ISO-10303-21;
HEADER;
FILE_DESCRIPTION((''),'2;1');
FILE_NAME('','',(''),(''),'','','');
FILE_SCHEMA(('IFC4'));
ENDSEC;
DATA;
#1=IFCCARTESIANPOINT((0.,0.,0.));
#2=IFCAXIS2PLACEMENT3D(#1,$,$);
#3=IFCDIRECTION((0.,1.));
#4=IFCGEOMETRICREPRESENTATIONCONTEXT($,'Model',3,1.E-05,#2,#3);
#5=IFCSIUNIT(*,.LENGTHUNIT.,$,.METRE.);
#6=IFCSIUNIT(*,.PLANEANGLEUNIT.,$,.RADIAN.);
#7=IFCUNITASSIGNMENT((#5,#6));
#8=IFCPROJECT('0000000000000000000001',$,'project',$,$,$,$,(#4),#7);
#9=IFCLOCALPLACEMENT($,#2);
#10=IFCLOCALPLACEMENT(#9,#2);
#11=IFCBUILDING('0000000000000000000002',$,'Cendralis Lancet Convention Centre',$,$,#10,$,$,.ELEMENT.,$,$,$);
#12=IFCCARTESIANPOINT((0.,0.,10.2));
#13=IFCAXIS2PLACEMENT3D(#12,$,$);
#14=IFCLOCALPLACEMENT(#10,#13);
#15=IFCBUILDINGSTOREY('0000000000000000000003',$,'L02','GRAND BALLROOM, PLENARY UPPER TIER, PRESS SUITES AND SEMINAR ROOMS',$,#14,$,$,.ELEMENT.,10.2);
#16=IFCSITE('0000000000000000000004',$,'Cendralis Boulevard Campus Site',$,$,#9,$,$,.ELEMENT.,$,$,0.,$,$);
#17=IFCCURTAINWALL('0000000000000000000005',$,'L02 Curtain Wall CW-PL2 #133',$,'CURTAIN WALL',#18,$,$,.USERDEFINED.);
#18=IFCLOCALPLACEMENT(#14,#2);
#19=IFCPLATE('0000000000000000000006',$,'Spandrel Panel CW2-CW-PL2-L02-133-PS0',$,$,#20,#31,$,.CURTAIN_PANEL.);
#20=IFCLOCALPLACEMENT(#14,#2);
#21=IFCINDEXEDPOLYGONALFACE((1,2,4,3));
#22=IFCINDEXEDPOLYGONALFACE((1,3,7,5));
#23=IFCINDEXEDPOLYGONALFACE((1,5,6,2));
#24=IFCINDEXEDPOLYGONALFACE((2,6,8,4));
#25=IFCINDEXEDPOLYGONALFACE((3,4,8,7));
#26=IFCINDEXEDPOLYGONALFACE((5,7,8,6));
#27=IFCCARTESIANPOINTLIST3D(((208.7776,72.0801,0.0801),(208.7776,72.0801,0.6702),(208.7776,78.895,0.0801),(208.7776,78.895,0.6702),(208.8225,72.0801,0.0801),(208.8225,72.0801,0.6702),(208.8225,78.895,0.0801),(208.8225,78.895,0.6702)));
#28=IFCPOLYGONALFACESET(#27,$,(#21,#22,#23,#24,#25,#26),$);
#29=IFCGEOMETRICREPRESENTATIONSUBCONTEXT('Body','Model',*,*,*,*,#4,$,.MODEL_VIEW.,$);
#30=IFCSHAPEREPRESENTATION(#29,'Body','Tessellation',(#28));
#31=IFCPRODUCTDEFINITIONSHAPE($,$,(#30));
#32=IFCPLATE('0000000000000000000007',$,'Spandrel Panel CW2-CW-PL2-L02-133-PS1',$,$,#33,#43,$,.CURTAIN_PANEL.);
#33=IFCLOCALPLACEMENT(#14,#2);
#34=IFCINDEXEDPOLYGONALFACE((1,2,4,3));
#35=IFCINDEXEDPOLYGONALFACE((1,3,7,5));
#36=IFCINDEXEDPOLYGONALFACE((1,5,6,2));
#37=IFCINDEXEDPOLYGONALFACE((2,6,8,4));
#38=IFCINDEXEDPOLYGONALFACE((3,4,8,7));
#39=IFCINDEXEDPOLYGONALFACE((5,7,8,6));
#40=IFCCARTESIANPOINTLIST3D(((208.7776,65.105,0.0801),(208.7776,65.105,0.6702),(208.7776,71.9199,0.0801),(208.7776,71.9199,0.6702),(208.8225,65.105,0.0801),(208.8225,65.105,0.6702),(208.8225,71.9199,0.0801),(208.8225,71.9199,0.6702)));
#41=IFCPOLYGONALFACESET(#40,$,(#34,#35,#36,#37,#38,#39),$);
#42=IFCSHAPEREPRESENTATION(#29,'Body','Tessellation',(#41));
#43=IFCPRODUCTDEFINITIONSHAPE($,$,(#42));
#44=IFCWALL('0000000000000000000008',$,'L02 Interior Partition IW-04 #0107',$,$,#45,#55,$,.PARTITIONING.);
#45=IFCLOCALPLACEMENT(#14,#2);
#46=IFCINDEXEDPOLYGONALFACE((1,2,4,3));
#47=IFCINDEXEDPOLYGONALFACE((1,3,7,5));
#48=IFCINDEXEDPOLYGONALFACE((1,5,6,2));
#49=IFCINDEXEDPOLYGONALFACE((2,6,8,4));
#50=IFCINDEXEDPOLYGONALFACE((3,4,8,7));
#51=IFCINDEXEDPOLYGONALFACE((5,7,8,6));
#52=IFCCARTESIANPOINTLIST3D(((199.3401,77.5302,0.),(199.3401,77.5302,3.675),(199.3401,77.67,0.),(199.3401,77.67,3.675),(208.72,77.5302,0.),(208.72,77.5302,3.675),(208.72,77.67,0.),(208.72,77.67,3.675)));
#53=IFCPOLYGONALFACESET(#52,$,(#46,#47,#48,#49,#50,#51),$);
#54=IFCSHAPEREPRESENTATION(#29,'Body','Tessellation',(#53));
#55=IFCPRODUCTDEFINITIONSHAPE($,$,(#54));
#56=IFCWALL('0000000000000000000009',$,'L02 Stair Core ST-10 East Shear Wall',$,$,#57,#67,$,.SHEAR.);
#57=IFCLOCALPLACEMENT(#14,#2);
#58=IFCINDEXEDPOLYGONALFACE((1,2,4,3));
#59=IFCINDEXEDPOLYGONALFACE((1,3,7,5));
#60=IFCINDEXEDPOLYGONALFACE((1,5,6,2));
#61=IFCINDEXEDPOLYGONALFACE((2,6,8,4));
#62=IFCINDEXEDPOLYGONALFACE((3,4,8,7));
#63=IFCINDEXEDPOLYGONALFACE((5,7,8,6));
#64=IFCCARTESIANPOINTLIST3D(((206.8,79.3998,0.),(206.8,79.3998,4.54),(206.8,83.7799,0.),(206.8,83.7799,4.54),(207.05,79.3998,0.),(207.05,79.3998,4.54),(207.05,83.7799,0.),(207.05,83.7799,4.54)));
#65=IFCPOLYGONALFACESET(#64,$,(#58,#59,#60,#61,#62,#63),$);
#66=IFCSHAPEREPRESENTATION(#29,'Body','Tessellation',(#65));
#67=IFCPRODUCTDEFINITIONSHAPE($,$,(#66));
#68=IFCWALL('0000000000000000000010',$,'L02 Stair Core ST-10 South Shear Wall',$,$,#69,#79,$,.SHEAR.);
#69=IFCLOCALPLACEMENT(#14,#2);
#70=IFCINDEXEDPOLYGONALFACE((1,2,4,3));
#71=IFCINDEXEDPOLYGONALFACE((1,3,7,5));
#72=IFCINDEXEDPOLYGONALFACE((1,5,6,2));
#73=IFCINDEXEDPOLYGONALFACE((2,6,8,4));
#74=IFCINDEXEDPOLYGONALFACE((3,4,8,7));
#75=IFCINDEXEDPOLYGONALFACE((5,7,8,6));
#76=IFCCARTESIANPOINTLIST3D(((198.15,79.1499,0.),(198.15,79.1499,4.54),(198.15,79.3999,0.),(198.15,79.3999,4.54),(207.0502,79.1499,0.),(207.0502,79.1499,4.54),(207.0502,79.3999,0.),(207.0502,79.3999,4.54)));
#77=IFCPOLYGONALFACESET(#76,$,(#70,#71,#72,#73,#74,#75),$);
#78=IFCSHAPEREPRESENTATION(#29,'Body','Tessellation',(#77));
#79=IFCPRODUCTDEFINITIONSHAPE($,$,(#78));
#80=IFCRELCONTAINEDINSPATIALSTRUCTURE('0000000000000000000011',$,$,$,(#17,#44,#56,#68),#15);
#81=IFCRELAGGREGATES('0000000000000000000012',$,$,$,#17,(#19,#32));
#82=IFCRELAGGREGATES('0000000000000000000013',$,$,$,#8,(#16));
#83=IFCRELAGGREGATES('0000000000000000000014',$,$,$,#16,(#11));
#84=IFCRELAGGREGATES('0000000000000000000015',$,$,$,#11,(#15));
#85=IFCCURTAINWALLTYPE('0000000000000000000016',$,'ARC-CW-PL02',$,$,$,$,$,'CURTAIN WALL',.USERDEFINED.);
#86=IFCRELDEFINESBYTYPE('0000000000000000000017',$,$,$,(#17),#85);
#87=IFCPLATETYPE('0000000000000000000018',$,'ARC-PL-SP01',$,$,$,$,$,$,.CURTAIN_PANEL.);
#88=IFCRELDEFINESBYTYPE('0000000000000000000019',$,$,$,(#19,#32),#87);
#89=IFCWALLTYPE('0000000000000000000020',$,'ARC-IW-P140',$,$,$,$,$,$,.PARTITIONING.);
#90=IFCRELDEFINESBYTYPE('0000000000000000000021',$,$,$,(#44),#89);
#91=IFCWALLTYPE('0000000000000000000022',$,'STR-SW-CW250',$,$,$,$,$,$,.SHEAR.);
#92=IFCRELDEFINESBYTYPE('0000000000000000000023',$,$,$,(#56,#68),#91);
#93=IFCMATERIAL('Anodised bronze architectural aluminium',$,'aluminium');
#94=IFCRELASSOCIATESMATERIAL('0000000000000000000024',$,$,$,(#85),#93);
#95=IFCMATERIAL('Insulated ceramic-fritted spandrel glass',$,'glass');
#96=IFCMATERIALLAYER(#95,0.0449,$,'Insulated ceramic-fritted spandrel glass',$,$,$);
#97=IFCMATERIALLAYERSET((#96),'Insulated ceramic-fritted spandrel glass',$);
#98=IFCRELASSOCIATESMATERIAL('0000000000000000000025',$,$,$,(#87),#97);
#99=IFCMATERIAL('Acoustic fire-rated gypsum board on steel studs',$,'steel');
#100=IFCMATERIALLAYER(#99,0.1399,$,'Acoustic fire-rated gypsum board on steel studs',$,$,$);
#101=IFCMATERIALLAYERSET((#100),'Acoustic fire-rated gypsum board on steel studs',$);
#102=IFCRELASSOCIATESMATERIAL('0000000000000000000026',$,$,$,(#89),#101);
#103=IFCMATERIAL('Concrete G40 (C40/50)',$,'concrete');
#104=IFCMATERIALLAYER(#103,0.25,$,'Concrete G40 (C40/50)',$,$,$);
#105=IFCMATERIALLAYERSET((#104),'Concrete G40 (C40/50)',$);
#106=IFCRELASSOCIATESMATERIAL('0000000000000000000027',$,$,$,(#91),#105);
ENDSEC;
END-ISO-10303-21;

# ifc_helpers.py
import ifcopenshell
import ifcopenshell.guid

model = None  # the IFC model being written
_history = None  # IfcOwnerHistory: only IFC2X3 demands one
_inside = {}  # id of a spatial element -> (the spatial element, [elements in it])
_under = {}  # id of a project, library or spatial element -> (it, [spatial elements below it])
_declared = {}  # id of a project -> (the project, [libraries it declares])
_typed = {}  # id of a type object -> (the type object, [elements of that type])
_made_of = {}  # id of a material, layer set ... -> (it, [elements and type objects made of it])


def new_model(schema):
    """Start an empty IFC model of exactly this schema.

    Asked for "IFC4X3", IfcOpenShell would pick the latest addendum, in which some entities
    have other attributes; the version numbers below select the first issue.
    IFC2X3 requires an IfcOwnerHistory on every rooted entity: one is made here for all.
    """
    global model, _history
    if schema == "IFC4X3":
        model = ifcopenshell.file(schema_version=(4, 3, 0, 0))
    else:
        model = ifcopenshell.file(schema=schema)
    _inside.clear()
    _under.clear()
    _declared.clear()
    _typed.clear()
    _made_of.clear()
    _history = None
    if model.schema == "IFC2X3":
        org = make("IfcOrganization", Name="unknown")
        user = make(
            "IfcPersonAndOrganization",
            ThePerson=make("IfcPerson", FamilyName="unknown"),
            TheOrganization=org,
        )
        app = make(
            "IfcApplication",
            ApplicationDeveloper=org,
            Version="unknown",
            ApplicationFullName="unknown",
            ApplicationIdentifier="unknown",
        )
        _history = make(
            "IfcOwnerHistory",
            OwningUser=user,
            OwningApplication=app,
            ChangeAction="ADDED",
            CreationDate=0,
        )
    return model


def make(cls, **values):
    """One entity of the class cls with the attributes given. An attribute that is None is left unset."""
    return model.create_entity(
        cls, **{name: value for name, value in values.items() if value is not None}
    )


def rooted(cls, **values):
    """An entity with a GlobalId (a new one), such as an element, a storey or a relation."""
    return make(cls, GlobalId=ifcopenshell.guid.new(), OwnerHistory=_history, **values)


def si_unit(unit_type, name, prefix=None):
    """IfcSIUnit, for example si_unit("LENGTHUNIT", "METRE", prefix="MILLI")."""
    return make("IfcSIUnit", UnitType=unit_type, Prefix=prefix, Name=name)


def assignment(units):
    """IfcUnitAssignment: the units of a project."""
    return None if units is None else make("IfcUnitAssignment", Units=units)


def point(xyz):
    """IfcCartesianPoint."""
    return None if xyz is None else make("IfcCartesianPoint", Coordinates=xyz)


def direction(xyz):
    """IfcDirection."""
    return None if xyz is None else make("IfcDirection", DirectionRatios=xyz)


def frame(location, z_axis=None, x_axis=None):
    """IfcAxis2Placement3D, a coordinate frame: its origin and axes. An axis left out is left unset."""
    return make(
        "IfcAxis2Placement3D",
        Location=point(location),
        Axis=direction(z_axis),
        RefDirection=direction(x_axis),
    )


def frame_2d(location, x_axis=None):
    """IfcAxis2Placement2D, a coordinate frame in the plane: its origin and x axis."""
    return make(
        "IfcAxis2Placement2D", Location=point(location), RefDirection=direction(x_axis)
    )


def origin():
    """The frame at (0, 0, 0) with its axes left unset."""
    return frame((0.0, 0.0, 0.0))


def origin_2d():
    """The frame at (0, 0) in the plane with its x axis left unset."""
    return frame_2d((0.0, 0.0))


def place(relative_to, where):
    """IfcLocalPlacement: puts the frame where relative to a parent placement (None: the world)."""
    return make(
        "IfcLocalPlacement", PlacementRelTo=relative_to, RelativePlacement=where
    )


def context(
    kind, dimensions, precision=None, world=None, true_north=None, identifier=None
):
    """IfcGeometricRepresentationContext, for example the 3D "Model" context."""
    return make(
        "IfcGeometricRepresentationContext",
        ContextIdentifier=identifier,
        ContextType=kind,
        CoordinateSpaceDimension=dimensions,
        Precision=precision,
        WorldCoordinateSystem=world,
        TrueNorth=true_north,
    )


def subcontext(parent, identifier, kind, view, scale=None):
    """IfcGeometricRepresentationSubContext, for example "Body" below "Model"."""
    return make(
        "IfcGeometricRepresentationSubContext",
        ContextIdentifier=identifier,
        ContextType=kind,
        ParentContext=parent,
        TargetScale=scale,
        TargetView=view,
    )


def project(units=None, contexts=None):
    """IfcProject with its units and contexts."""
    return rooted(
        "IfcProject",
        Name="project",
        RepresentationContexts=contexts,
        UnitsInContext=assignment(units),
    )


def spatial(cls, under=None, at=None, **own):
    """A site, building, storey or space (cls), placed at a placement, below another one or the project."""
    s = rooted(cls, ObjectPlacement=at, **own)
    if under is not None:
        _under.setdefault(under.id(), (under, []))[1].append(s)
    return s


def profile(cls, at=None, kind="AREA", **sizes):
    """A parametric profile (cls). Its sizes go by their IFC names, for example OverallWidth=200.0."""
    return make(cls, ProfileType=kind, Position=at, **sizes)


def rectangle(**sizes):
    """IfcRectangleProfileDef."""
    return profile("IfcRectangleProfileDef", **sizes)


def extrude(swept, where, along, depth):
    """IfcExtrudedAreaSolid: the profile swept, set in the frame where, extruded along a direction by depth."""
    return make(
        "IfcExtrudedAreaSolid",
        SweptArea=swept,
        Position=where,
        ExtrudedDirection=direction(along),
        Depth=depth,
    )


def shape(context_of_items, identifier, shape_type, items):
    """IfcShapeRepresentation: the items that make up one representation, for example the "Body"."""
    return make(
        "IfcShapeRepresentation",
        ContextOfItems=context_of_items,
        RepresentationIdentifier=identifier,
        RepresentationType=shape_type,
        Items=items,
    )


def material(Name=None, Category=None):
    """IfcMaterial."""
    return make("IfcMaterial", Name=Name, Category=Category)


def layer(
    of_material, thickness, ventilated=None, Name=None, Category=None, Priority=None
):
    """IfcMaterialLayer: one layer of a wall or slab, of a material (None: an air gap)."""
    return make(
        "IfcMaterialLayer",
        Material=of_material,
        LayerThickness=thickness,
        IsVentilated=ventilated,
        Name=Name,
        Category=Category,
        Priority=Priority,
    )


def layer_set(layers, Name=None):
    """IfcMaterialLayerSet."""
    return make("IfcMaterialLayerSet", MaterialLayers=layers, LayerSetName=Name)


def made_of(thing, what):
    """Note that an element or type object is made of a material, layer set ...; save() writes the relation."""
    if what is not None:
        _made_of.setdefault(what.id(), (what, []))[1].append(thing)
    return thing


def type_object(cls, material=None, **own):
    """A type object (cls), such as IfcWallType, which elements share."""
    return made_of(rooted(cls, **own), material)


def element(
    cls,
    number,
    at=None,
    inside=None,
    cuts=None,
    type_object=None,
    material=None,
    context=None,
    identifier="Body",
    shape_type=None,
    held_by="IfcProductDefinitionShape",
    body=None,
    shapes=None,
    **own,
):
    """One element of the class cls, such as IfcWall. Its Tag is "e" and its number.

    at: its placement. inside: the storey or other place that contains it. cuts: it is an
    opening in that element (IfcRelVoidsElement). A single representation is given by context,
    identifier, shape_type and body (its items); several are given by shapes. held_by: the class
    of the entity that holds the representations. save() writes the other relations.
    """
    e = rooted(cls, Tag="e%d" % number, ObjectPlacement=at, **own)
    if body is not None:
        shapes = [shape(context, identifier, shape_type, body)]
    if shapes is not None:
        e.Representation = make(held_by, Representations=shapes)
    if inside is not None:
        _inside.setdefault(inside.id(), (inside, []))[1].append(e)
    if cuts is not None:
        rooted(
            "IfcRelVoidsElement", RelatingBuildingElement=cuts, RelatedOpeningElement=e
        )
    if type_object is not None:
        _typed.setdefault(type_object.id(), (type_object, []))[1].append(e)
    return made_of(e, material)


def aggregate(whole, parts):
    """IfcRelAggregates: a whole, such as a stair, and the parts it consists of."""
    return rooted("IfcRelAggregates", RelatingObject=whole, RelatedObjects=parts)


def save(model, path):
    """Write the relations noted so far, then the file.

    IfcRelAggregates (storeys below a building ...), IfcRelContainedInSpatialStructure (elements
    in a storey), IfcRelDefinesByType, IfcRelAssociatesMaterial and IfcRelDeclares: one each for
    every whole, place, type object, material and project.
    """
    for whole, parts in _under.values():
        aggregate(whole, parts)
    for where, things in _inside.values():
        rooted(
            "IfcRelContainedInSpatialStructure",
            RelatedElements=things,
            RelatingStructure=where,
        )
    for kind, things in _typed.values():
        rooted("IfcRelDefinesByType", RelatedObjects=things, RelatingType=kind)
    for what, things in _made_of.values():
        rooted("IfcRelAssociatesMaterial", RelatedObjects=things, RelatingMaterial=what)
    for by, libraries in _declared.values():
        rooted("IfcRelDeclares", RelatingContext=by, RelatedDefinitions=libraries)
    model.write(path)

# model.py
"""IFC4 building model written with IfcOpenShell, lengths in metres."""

from ifc_helpers import new_model, si_unit, direction, frame, frame_2d, origin, origin_2d, place, context, subcontext, project, spatial, rectangle, extrude, material, layer, layer_set, type_object, element, aggregate, save


model = new_model("IFC4")

# Units and contexts
model_context = context("Model", 3, precision=1e-05, world=origin(), true_north=direction((0.0, 1.0)))
body_context = subcontext(model_context, "Body", "Model", "MODEL_VIEW")
ifc_project = project(units=[si_unit("LENGTHUNIT", "METRE"), si_unit("PLANEANGLEUNIT", "RADIAN")], contexts=[model_context])

# Site, building, storey
site_placement = place(None, origin())
site = spatial("IfcSite", under=ifc_project, at=site_placement, Name="Cendralis Boulevard Campus Site", CompositionType="ELEMENT", RefElevation=0.0)
building_placement = place(site_placement, origin())
building = spatial("IfcBuilding", under=site, at=building_placement, Name="Cendralis Lancet Convention Centre", CompositionType="ELEMENT")
storey_placement = place(building_placement, frame((0.0, 0.0, 10.2)))
storey = spatial("IfcBuildingStorey", under=building, at=storey_placement, Name="L02", Description="GRAND BALLROOM, PLENARY UPPER TIER, PRESS SUITES AND SEMINAR ROOMS", CompositionType="ELEMENT", Elevation=10.2)

# Curtain wall
ifc_material_1 = material(Name="Anodised bronze architectural aluminium", Category="aluminium")
curtain_wall_type = type_object("IfcCurtainWallType", Name="ARC-CW-PL02", ElementType="CURTAIN WALL", PredefinedType="USERDEFINED", material=ifc_material_1)
curtain_wall_placement = place(storey_placement, origin())
curtain_wall = element("IfcCurtainWall", 1, at=curtain_wall_placement, inside=storey, type_object=curtain_wall_type, Name="L02 Curtain Wall CW-PL2 #133", ObjectType="CURTAIN WALL", PredefinedType="USERDEFINED")

# Shared definitions
ifc_material_2 = material(Name="Concrete G40 (C40/50)", Category="concrete")

# Plates
ifc_material_3 = material(Name="Insulated ceramic-fritted spandrel glass", Category="glass")
ifc_layer_1 = layer(ifc_material_3, 0.0449, Name="Insulated ceramic-fritted spandrel glass")
ifc_layer_set_1 = layer_set([ifc_layer_1], Name="Insulated ceramic-fritted spandrel glass")
plate_type_1 = type_object("IfcPlateType", Name="ARC-PL-SP01", PredefinedType="CURTAIN_PANEL", material=ifc_layer_set_1)
plate_1_placement = place(storey_placement, frame((208.8, 75.4875, 0.0801), z_axis=(0.0, 0.0, 1.0), x_axis=(0.0, -1.0, 0.0)))
plate_1 = element("IfcPlate", 2, at=plate_1_placement, type_object=plate_type_1, Name="Spandrel Panel CW2-CW-PL2-L02-133-PS0", PredefinedType="CURTAIN_PANEL", context=body_context, shape_type="SweptSolid", body=[
    extrude(rectangle(XDim=6.8149, YDim=0.0449, at=origin_2d()), origin(), (0.0, 0.0, 1.0), 0.5901),
])
plate_2_placement = place(storey_placement, frame((208.8, 68.5125, 0.0801), z_axis=(0.0, 0.0, 1.0), x_axis=(0.0, -1.0, 0.0)))
plate_2 = element("IfcPlate", 3, at=plate_2_placement, type_object=plate_type_1, Name="Spandrel Panel CW2-CW-PL2-L02-133-PS1", PredefinedType="CURTAIN_PANEL", context=body_context, shape_type="SweptSolid", body=[
    extrude(rectangle(XDim=6.8149, YDim=0.0449, at=origin_2d()), origin(), (0.0, 0.0, 1.0), 0.5901),
])
aggregate(curtain_wall, [plate_1, plate_2])

# Wall
ifc_material_4 = material(Name="Acoustic fire-rated gypsum board on steel studs", Category="steel")
ifc_layer_2 = layer(ifc_material_4, 0.1399, Name="Acoustic fire-rated gypsum board on steel studs")
ifc_layer_set_2 = layer_set([ifc_layer_2], Name="Acoustic fire-rated gypsum board on steel studs")
wall_type_1 = type_object("IfcWallType", Name="ARC-IW-P140", PredefinedType="PARTITIONING", material=ifc_layer_set_2)
wall_1_placement = place(storey_placement, frame((199.3401, 77.6001, 0.0), z_axis=(0.0, 0.0, 1.0), x_axis=(1.0, 0.0, 0.0)))
element("IfcWall", 4, at=wall_1_placement, inside=storey, type_object=wall_type_1, Name="L02 Interior Partition IW-04 #0107", PredefinedType="PARTITIONING", context=body_context, shape_type="SweptSolid", body=[
    extrude(rectangle(XDim=9.3799, YDim=0.1399, at=frame_2d((4.6899, 0.0))), origin(), (0.0, 0.0, 1.0), 3.675),
])

# Shared definitions
ifc_layer_3 = layer(ifc_material_2, 0.25, Name="Concrete G40 (C40/50)")
ifc_layer_set_3 = layer_set([ifc_layer_3], Name="Concrete G40 (C40/50)")
wall_type_2 = type_object("IfcWallType", Name="STR-SW-CW250", PredefinedType="SHEAR", material=ifc_layer_set_3)

# Walls
wall_2_placement = place(storey_placement, frame((206.925, 79.3999, 0.0), z_axis=(0.0, 0.0, 1.0), x_axis=(0.0, 1.0, 0.0)))
element("IfcWall", 5, at=wall_2_placement, inside=storey, type_object=wall_type_2, Name="L02 Stair Core ST-10 East Shear Wall", PredefinedType="SHEAR", context=body_context, shape_type="SweptSolid", body=[
    extrude(rectangle(XDim=4.3801, YDim=0.25, at=frame_2d((2.1899, 0.0))), origin(), (0.0, 0.0, 1.0), 4.54),
])
wall_3_placement = place(storey_placement, frame((198.1499, 79.2749, 0.0), z_axis=(0.0, 0.0, 1.0), x_axis=(1.0, 0.0, 0.0)))
element("IfcWall", 6, at=wall_3_placement, inside=storey, type_object=wall_type_2, Name="L02 Stair Core ST-10 South Shear Wall", PredefinedType="SHEAR", context=body_context, shape_type="SweptSolid", body=[
    extrude(rectangle(XDim=8.9001, YDim=0.25, at=frame_2d((4.4502, 0.0))), origin(), (0.0, 0.0, 1.0), 4.54),
])

save(model, "model.ifc")
